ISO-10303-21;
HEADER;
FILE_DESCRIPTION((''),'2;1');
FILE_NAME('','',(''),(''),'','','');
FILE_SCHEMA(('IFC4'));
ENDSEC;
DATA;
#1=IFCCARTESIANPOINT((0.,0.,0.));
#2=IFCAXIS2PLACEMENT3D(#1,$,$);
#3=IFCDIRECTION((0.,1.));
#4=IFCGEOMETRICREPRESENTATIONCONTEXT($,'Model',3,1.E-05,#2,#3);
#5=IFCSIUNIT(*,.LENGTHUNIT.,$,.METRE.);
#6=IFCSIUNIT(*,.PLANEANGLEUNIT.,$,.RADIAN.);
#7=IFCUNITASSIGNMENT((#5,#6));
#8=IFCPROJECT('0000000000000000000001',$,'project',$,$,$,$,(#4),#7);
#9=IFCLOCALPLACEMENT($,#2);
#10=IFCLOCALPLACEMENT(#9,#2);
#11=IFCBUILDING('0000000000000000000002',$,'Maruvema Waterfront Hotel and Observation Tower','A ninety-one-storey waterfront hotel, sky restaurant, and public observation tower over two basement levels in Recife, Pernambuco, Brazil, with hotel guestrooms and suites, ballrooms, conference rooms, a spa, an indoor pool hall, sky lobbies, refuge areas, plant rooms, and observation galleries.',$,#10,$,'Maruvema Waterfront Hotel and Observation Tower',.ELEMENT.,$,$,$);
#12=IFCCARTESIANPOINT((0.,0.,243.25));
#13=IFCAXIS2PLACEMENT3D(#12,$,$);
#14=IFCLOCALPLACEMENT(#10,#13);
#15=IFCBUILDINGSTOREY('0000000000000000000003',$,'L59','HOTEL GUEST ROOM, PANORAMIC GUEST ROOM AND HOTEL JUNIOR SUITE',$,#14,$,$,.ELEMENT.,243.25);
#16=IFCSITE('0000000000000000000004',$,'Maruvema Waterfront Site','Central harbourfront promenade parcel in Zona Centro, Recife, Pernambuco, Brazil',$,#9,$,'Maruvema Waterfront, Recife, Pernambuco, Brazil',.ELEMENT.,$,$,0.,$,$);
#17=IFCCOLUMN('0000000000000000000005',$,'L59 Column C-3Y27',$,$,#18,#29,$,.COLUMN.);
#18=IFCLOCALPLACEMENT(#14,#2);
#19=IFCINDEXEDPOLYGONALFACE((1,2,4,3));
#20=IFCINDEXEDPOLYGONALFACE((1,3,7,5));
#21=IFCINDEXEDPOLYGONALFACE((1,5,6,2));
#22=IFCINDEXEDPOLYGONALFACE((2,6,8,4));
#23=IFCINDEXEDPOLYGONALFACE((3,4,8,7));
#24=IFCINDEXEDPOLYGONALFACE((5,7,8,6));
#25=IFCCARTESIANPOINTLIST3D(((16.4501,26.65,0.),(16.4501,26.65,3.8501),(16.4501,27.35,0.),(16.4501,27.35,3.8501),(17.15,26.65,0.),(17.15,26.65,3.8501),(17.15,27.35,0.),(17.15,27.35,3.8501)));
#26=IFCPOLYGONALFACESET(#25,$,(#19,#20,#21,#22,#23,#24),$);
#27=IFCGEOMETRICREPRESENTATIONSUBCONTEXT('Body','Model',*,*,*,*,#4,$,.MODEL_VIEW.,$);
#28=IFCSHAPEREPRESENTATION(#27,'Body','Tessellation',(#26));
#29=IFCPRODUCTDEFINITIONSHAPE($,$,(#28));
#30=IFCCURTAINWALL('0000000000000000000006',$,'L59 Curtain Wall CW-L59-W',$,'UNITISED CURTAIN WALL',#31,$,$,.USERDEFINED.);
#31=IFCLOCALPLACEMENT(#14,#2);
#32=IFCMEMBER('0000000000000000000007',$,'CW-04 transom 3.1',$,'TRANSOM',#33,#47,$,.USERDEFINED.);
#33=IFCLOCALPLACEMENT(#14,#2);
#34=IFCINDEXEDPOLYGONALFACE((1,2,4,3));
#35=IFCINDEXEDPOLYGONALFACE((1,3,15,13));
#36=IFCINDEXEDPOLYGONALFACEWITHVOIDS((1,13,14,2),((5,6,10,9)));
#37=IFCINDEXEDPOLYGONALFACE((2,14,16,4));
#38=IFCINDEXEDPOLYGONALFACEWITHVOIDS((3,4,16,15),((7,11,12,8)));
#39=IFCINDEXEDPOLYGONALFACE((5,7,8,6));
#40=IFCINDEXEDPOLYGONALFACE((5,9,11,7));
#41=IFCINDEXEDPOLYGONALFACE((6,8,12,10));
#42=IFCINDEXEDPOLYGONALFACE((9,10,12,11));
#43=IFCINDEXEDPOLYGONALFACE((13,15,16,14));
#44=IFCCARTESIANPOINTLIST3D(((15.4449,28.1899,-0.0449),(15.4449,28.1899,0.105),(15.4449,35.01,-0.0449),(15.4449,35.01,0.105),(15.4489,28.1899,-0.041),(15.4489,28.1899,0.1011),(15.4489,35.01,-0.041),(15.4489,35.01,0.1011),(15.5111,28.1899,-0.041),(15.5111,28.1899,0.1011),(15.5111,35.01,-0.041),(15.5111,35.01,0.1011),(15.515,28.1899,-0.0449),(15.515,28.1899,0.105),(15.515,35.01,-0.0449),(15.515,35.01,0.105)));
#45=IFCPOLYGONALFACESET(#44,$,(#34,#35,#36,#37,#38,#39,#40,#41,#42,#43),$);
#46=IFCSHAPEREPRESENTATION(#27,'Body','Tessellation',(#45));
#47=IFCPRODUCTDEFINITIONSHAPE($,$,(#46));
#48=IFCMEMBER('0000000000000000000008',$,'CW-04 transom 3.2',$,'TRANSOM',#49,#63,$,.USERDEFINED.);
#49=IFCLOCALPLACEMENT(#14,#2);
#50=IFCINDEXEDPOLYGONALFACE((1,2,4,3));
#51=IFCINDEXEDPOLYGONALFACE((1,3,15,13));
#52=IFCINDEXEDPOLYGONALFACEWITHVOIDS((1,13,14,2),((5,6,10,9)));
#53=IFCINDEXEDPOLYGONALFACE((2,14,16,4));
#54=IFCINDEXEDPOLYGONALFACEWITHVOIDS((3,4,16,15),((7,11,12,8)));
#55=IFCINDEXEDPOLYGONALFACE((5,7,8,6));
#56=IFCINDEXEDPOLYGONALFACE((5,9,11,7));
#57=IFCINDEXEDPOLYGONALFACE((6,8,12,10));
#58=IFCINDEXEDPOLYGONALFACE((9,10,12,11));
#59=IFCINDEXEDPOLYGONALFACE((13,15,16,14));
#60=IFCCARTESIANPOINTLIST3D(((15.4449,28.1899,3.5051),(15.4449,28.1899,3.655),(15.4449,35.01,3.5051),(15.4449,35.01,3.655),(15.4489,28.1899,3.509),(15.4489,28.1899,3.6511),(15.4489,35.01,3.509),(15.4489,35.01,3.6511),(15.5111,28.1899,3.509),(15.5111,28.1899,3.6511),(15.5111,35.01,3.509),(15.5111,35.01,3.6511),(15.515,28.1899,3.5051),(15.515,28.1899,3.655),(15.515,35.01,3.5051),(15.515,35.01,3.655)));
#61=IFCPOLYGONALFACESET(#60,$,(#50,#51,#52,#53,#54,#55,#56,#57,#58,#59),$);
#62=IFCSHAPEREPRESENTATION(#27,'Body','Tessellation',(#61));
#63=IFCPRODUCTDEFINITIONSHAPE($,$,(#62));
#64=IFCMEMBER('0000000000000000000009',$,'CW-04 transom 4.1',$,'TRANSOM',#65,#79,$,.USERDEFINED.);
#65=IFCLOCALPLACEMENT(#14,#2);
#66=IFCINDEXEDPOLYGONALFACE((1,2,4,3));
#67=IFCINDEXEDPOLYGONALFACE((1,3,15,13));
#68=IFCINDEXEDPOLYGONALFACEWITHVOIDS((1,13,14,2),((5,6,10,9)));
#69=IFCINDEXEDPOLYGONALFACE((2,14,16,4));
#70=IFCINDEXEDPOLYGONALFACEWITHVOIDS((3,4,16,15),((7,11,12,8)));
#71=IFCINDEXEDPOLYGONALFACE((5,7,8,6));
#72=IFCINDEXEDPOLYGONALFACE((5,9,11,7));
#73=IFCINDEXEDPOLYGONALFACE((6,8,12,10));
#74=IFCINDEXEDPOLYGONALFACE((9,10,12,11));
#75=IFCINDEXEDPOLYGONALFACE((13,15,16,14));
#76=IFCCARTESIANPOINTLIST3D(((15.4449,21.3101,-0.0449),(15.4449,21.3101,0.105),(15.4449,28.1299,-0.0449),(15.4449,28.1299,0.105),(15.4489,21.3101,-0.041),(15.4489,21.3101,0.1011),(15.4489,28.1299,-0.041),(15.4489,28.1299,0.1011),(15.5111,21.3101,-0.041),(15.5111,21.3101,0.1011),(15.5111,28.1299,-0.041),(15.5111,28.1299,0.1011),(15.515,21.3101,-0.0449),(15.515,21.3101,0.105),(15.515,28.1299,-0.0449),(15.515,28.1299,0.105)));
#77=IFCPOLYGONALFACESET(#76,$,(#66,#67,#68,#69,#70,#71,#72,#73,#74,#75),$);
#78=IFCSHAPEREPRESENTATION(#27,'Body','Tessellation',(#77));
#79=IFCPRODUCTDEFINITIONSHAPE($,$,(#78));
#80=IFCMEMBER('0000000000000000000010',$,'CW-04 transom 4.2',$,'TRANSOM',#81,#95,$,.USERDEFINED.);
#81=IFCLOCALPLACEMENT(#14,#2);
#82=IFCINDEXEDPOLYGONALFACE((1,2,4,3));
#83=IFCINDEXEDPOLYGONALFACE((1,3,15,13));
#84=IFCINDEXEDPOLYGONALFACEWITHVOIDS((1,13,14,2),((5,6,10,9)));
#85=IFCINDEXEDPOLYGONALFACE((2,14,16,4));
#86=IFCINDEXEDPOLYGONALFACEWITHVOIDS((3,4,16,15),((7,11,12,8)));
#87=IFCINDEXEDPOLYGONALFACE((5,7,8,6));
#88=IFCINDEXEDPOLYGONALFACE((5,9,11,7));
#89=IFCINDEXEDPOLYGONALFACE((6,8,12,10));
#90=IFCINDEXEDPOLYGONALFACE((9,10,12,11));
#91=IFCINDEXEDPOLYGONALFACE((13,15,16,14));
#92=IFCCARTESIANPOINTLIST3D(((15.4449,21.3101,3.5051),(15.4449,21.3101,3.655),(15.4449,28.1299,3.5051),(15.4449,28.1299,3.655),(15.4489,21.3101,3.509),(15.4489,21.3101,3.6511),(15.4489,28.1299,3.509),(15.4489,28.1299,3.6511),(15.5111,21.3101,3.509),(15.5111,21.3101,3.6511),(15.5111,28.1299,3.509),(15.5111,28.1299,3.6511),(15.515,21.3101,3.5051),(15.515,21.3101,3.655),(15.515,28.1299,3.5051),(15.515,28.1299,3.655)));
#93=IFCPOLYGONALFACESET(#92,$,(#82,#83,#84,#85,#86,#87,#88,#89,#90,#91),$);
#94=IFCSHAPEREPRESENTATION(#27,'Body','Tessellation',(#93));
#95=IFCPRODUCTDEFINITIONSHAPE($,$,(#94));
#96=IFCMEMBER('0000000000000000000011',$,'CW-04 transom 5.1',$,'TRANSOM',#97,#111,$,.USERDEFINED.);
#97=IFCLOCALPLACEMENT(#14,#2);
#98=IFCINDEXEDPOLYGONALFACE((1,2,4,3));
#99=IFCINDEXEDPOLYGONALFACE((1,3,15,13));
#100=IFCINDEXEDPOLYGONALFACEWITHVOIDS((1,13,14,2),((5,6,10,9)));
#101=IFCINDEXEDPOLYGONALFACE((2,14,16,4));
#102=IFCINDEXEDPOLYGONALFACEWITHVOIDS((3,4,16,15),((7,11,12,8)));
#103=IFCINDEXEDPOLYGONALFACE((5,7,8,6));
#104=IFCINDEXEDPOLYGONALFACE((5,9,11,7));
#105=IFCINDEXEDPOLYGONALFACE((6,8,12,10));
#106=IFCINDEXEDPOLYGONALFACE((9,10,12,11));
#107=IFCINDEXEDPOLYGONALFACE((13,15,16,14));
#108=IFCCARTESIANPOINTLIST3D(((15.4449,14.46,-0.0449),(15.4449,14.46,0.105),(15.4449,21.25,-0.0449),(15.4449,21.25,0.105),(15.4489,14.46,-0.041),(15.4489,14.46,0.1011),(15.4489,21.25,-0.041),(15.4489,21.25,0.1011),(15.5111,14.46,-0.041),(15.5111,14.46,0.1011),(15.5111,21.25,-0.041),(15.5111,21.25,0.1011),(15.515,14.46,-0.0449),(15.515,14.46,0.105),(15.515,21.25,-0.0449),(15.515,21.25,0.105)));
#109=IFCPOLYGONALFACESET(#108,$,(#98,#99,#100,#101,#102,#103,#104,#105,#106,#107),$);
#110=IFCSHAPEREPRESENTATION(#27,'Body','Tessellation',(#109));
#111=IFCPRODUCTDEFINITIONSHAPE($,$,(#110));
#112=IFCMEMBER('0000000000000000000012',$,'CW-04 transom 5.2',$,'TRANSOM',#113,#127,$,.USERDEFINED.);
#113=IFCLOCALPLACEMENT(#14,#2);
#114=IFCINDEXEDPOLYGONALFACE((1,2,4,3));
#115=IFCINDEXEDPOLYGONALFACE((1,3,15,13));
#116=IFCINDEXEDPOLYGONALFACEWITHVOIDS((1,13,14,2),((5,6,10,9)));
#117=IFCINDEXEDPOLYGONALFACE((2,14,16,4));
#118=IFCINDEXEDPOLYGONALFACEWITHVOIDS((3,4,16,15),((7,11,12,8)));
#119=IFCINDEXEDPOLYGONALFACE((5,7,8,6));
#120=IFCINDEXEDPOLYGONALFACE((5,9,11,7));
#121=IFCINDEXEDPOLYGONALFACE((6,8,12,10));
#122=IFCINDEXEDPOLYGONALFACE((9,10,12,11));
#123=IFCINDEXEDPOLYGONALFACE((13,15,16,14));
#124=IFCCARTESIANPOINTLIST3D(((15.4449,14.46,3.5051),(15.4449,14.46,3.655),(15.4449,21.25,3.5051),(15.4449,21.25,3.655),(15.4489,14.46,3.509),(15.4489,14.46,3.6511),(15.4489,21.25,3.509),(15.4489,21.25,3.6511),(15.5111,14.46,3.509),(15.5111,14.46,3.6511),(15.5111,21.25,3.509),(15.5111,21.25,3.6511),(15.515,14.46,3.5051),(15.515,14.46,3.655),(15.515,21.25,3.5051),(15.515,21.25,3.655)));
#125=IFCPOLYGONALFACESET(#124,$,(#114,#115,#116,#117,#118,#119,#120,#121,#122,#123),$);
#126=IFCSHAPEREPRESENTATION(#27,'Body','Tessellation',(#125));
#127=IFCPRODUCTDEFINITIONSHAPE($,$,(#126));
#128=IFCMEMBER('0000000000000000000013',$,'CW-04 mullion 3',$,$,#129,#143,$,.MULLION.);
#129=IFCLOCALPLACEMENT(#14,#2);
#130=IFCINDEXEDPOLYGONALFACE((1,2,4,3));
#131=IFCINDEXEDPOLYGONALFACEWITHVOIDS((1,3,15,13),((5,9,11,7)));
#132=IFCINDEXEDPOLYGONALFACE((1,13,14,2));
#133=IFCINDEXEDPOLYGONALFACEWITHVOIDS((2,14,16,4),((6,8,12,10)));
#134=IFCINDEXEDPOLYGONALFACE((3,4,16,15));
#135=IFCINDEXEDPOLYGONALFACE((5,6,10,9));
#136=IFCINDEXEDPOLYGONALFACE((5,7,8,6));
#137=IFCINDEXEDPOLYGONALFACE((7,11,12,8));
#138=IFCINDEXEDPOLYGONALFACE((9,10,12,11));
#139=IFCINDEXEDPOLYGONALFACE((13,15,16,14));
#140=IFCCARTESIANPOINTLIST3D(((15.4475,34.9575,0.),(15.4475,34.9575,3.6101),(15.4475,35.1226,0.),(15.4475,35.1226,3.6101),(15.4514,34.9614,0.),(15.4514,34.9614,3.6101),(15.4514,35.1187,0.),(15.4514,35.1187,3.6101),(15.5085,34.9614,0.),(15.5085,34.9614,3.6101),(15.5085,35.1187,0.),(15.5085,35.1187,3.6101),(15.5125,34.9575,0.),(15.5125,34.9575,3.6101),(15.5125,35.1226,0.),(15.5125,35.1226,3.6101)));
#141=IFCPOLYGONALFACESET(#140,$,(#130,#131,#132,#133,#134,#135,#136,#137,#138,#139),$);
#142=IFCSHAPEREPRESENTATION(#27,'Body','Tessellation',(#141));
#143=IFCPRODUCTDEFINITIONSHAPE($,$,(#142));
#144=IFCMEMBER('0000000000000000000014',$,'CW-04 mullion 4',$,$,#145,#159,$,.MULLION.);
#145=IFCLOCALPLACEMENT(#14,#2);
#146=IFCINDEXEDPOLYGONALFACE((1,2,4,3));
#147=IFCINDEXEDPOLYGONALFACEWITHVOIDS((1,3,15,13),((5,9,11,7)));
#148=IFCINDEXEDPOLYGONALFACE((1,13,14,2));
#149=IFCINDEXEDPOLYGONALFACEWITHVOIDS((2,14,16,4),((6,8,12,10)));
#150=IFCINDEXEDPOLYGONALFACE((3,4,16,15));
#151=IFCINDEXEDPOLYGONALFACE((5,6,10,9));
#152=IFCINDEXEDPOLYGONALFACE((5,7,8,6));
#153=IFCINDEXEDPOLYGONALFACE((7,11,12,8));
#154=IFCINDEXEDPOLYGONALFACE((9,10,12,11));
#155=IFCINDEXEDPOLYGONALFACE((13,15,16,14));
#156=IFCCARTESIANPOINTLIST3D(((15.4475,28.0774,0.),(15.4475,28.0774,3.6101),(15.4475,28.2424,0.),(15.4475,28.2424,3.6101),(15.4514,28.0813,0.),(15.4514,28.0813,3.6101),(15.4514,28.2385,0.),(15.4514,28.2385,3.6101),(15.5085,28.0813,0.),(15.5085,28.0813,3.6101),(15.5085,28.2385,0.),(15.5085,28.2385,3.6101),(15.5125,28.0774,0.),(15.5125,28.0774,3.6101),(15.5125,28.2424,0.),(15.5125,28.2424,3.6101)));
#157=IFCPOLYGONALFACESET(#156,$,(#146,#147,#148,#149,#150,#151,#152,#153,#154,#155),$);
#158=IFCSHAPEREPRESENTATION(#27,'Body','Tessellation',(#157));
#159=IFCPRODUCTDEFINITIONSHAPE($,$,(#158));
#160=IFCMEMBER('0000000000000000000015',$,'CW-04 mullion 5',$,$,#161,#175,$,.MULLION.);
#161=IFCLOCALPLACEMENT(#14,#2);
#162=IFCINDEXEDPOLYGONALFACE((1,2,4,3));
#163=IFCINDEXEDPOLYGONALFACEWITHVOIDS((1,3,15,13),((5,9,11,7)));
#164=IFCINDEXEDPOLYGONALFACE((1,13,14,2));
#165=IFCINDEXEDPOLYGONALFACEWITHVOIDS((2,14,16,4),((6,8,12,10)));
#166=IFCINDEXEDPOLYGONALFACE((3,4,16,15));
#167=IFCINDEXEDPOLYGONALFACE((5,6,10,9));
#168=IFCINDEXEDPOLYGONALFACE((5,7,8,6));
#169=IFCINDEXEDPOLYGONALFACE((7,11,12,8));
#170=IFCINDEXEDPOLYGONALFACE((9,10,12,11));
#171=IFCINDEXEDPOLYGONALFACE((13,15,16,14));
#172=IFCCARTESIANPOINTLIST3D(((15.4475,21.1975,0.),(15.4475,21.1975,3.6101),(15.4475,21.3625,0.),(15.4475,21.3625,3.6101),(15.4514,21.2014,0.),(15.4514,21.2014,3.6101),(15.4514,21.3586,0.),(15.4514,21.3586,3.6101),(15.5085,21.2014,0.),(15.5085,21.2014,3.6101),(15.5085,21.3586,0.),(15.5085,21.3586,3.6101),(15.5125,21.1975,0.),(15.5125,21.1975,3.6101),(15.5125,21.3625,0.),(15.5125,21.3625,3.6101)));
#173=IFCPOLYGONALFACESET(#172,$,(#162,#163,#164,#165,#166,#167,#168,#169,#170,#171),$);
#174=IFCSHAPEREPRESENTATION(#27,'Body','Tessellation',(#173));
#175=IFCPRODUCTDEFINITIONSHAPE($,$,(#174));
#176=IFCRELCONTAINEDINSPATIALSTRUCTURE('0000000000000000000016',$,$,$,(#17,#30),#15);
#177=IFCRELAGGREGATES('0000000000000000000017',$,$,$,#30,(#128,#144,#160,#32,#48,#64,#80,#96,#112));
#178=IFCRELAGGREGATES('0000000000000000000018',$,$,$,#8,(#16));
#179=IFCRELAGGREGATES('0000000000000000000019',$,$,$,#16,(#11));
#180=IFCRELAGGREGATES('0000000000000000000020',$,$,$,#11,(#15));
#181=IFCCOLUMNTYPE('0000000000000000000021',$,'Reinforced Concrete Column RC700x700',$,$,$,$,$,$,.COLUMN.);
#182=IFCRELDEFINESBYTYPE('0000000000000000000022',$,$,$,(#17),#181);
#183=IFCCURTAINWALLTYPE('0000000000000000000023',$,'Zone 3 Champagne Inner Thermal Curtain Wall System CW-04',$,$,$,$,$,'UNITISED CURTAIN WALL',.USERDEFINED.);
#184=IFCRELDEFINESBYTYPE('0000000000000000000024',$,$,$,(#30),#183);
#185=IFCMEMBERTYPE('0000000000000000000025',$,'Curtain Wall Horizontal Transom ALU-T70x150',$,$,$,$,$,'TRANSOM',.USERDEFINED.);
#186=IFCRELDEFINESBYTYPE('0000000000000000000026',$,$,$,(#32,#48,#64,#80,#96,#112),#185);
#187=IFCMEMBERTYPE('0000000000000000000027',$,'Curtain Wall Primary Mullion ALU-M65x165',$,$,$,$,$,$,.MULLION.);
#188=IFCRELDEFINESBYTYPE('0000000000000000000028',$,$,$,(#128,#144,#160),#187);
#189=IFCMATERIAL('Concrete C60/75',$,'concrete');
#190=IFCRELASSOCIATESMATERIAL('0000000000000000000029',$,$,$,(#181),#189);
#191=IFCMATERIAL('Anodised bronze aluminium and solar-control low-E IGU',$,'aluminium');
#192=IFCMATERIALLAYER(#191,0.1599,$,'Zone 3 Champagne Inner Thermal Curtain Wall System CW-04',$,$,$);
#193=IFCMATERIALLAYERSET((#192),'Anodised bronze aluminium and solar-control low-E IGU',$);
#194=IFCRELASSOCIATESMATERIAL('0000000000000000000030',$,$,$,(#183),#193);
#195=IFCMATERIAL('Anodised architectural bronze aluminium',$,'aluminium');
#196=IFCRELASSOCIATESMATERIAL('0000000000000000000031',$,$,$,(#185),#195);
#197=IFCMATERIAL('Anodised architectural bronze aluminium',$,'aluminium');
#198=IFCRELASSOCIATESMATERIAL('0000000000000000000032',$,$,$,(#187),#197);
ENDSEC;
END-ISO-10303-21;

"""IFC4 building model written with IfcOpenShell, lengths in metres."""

from ifc_helpers import new_model, si_unit, direction, frame, origin, origin_2d, place, context, subcontext, project, spatial, rectangle, hollow_rectangle, extrude, material, layer, layer_set, material_profile, profile_set, type_object, element, aggregate, save


model = new_model("IFC4")

# Units and contexts
model_context = context("Model", 3, precision=1e-05, world=origin(), true_north=direction((0.0, 1.0)))
body_context = subcontext(model_context, "Body", "Model", "MODEL_VIEW")
ifc_project = project(units=[si_unit("LENGTHUNIT", "METRE"), si_unit("PLANEANGLEUNIT", "RADIAN")], contexts=[model_context])

# Site, building, storey
site_placement = place(None, origin())
site = spatial("IfcSite", under=ifc_project, at=site_placement, Name="Maruvema Waterfront Site", Description="Central harbourfront promenade parcel in Zona Centro, Recife, Pernambuco, Brazil", LongName="Maruvema Waterfront, Recife, Pernambuco, Brazil", CompositionType="ELEMENT", RefElevation=0.0)
building_placement = place(site_placement, origin())
building = spatial("IfcBuilding", under=site, at=building_placement, Name="Maruvema Waterfront Hotel and Observation Tower", Description="A ninety-one-storey waterfront hotel, sky restaurant, and public observation tower over two basement levels in Recife, Pernambuco, Brazil, with hotel guestrooms and suites, ballrooms, conference rooms, a spa, an indoor pool hall, sky lobbies, refuge areas, plant rooms, and observation galleries.", LongName="Maruvema Waterfront Hotel and Observation Tower", CompositionType="ELEMENT")
storey_placement = place(building_placement, frame((0.0, 0.0, 243.25)))
storey = spatial("IfcBuildingStorey", under=building, at=storey_placement, Name="L59", Description="HOTEL GUEST ROOM, PANORAMIC GUEST ROOM AND HOTEL JUNIOR SUITE", CompositionType="ELEMENT", Elevation=243.25)

# Column
ifc_material_1 = material(Name="Concrete C60/75", Category="concrete")
ifc_material_profile_1 = material_profile(ifc_material_1, rectangle(XDim=0.7, YDim=0.7, at=origin_2d()), Name="RC700x700")
ifc_profile_set_1 = profile_set([ifc_material_profile_1], Name="Concrete C60/75")
column_type = type_object("IfcColumnType", Name="Reinforced Concrete Column RC700x700", PredefinedType="COLUMN", material=ifc_profile_set_1)
column_placement = place(storey_placement, frame((16.8, 27.0, 0.0), z_axis=(0.0, 0.0, 1.0), x_axis=(1.0, 0.0, 0.0)))
element("IfcColumn", 1, at=column_placement, inside=storey, type_object=column_type, Name="L59 Column C-3Y27", PredefinedType="COLUMN", context=body_context, shape_type="SweptSolid", body=[
    extrude(rectangle(XDim=0.7, YDim=0.7, at=origin_2d()), origin(), (0.0, 0.0, 1.0), 3.8501),
])

# Curtain wall, members
ifc_material_2 = material(Name="Anodised bronze aluminium and solar-control low-E IGU", Category="aluminium")
ifc_layer_1 = layer(ifc_material_2, 0.1599, Name="Zone 3 Champagne Inner Thermal Curtain Wall System CW-04")
ifc_layer_set_1 = layer_set([ifc_layer_1], Name="Anodised bronze aluminium and solar-control low-E IGU")
curtain_wall_type = type_object("IfcCurtainWallType", Name="Zone 3 Champagne Inner Thermal Curtain Wall System CW-04", ElementType="UNITISED CURTAIN WALL", PredefinedType="USERDEFINED", material=ifc_layer_set_1)
curtain_wall_placement = place(storey_placement, origin())
curtain_wall = element("IfcCurtainWall", 2, at=curtain_wall_placement, inside=storey, type_object=curtain_wall_type, Name="L59 Curtain Wall CW-L59-W", ObjectType="UNITISED CURTAIN WALL", PredefinedType="USERDEFINED")
ifc_material_3 = material(Name="Anodised architectural bronze aluminium", Category="aluminium")
ifc_material_profile_2 = material_profile(ifc_material_3, hollow_rectangle(XDim=0.0701, YDim=0.1499, WallThickness=0.0039, at=origin_2d()), Name="ALU-T70x150")
ifc_profile_set_2 = profile_set([ifc_material_profile_2], Name="Anodised architectural bronze aluminium")
member_type_1 = type_object("IfcMemberType", Name="Curtain Wall Horizontal Transom ALU-T70x150", ElementType="TRANSOM", PredefinedType="USERDEFINED", material=ifc_profile_set_2)
member_1_placement = place(storey_placement, frame((15.48, 35.01, 0.03), z_axis=(0.0, -1.0, 0.0), x_axis=(1.0, 0.0, 0.0)))
member_1 = element("IfcMember", 3, at=member_1_placement, type_object=member_type_1, Name="CW-04 transom 3.1", ObjectType="TRANSOM", PredefinedType="USERDEFINED", context=body_context, shape_type="SweptSolid", body=[
    extrude(hollow_rectangle(XDim=0.0701, YDim=0.1499, WallThickness=0.0039, at=origin_2d()), origin(), (0.0, 0.0, 1.0), 6.8201),
])
member_2_placement = place(storey_placement, frame((15.48, 35.01, 3.5801), z_axis=(0.0, -1.0, 0.0), x_axis=(1.0, 0.0, 0.0)))
member_2 = element("IfcMember", 4, at=member_2_placement, type_object=member_type_1, Name="CW-04 transom 3.2", ObjectType="TRANSOM", PredefinedType="USERDEFINED", context=body_context, shape_type="SweptSolid", body=[
    extrude(hollow_rectangle(XDim=0.0701, YDim=0.1499, WallThickness=0.0039, at=origin_2d()), origin(), (0.0, 0.0, 1.0), 6.8201),
])
member_3_placement = place(storey_placement, frame((15.48, 28.1299, 0.03), z_axis=(0.0, -1.0, 0.0), x_axis=(1.0, 0.0, 0.0)))
member_3 = element("IfcMember", 5, at=member_3_placement, type_object=member_type_1, Name="CW-04 transom 4.1", ObjectType="TRANSOM", PredefinedType="USERDEFINED", context=body_context, shape_type="SweptSolid", body=[
    extrude(hollow_rectangle(XDim=0.0701, YDim=0.1499, WallThickness=0.0039, at=origin_2d()), origin(), (0.0, 0.0, 1.0), 6.8198),
])
member_4_placement = place(storey_placement, frame((15.48, 28.1299, 3.5801), z_axis=(0.0, -1.0, 0.0), x_axis=(1.0, 0.0, 0.0)))
member_4 = element("IfcMember", 6, at=member_4_placement, type_object=member_type_1, Name="CW-04 transom 4.2", ObjectType="TRANSOM", PredefinedType="USERDEFINED", context=body_context, shape_type="SweptSolid", body=[
    extrude(hollow_rectangle(XDim=0.0701, YDim=0.1499, WallThickness=0.0039, at=origin_2d()), origin(), (0.0, 0.0, 1.0), 6.8198),
])
member_5_placement = place(storey_placement, frame((15.48, 21.25, 0.03), z_axis=(0.0, -1.0, 0.0), x_axis=(1.0, 0.0, 0.0)))
member_5 = element("IfcMember", 7, at=member_5_placement, type_object=member_type_1, Name="CW-04 transom 5.1", ObjectType="TRANSOM", PredefinedType="USERDEFINED", context=body_context, shape_type="SweptSolid", body=[
    extrude(hollow_rectangle(XDim=0.0701, YDim=0.1499, WallThickness=0.0039, at=origin_2d()), origin(), (0.0, 0.0, 1.0), 6.79),
])
member_6_placement = place(storey_placement, frame((15.48, 21.25, 3.5801), z_axis=(0.0, -1.0, 0.0), x_axis=(1.0, 0.0, 0.0)))
member_6 = element("IfcMember", 8, at=member_6_placement, type_object=member_type_1, Name="CW-04 transom 5.2", ObjectType="TRANSOM", PredefinedType="USERDEFINED", context=body_context, shape_type="SweptSolid", body=[
    extrude(hollow_rectangle(XDim=0.0701, YDim=0.1499, WallThickness=0.0039, at=origin_2d()), origin(), (0.0, 0.0, 1.0), 6.79),
])
ifc_material_4 = material(Name="Anodised architectural bronze aluminium", Category="aluminium")
ifc_material_profile_3 = material_profile(ifc_material_4, hollow_rectangle(XDim=0.0649, YDim=0.165, WallThickness=0.0039, at=origin_2d()), Name="ALU-M65x165")
ifc_profile_set_3 = profile_set([ifc_material_profile_3], Name="Anodised architectural bronze aluminium")
member_type_2 = type_object("IfcMemberType", Name="Curtain Wall Primary Mullion ALU-M65x165", PredefinedType="MULLION", material=ifc_profile_set_3)
member_7_placement = place(storey_placement, frame((15.48, 35.04, 0.0), z_axis=(0.0, 0.0, 1.0), x_axis=(1.0, 0.0, 0.0)))
member_7 = element("IfcMember", 9, at=member_7_placement, type_object=member_type_2, Name="CW-04 mullion 3", PredefinedType="MULLION", context=body_context, shape_type="SweptSolid", body=[
    extrude(hollow_rectangle(XDim=0.0649, YDim=0.165, WallThickness=0.0039, at=origin_2d()), origin(), (0.0, 0.0, 1.0), 3.6101),
])
member_8_placement = place(storey_placement, frame((15.48, 28.1599, 0.0), z_axis=(0.0, 0.0, 1.0), x_axis=(1.0, 0.0, 0.0)))
member_8 = element("IfcMember", 10, at=member_8_placement, type_object=member_type_2, Name="CW-04 mullion 4", PredefinedType="MULLION", context=body_context, shape_type="SweptSolid", body=[
    extrude(hollow_rectangle(XDim=0.0649, YDim=0.165, WallThickness=0.0039, at=origin_2d()), origin(), (0.0, 0.0, 1.0), 3.6101),
])
member_9_placement = place(storey_placement, frame((15.48, 21.28, 0.0), z_axis=(0.0, 0.0, 1.0), x_axis=(1.0, 0.0, 0.0)))
member_9 = element("IfcMember", 11, at=member_9_placement, type_object=member_type_2, Name="CW-04 mullion 5", PredefinedType="MULLION", context=body_context, shape_type="SweptSolid", body=[
    extrude(hollow_rectangle(XDim=0.0649, YDim=0.165, WallThickness=0.0039, at=origin_2d()), origin(), (0.0, 0.0, 1.0), 3.6101),
])

aggregate(curtain_wall, [member_7, member_8, member_9, member_1, member_2, member_3, member_4, member_5, member_6])

save(model, "model.ifc")
